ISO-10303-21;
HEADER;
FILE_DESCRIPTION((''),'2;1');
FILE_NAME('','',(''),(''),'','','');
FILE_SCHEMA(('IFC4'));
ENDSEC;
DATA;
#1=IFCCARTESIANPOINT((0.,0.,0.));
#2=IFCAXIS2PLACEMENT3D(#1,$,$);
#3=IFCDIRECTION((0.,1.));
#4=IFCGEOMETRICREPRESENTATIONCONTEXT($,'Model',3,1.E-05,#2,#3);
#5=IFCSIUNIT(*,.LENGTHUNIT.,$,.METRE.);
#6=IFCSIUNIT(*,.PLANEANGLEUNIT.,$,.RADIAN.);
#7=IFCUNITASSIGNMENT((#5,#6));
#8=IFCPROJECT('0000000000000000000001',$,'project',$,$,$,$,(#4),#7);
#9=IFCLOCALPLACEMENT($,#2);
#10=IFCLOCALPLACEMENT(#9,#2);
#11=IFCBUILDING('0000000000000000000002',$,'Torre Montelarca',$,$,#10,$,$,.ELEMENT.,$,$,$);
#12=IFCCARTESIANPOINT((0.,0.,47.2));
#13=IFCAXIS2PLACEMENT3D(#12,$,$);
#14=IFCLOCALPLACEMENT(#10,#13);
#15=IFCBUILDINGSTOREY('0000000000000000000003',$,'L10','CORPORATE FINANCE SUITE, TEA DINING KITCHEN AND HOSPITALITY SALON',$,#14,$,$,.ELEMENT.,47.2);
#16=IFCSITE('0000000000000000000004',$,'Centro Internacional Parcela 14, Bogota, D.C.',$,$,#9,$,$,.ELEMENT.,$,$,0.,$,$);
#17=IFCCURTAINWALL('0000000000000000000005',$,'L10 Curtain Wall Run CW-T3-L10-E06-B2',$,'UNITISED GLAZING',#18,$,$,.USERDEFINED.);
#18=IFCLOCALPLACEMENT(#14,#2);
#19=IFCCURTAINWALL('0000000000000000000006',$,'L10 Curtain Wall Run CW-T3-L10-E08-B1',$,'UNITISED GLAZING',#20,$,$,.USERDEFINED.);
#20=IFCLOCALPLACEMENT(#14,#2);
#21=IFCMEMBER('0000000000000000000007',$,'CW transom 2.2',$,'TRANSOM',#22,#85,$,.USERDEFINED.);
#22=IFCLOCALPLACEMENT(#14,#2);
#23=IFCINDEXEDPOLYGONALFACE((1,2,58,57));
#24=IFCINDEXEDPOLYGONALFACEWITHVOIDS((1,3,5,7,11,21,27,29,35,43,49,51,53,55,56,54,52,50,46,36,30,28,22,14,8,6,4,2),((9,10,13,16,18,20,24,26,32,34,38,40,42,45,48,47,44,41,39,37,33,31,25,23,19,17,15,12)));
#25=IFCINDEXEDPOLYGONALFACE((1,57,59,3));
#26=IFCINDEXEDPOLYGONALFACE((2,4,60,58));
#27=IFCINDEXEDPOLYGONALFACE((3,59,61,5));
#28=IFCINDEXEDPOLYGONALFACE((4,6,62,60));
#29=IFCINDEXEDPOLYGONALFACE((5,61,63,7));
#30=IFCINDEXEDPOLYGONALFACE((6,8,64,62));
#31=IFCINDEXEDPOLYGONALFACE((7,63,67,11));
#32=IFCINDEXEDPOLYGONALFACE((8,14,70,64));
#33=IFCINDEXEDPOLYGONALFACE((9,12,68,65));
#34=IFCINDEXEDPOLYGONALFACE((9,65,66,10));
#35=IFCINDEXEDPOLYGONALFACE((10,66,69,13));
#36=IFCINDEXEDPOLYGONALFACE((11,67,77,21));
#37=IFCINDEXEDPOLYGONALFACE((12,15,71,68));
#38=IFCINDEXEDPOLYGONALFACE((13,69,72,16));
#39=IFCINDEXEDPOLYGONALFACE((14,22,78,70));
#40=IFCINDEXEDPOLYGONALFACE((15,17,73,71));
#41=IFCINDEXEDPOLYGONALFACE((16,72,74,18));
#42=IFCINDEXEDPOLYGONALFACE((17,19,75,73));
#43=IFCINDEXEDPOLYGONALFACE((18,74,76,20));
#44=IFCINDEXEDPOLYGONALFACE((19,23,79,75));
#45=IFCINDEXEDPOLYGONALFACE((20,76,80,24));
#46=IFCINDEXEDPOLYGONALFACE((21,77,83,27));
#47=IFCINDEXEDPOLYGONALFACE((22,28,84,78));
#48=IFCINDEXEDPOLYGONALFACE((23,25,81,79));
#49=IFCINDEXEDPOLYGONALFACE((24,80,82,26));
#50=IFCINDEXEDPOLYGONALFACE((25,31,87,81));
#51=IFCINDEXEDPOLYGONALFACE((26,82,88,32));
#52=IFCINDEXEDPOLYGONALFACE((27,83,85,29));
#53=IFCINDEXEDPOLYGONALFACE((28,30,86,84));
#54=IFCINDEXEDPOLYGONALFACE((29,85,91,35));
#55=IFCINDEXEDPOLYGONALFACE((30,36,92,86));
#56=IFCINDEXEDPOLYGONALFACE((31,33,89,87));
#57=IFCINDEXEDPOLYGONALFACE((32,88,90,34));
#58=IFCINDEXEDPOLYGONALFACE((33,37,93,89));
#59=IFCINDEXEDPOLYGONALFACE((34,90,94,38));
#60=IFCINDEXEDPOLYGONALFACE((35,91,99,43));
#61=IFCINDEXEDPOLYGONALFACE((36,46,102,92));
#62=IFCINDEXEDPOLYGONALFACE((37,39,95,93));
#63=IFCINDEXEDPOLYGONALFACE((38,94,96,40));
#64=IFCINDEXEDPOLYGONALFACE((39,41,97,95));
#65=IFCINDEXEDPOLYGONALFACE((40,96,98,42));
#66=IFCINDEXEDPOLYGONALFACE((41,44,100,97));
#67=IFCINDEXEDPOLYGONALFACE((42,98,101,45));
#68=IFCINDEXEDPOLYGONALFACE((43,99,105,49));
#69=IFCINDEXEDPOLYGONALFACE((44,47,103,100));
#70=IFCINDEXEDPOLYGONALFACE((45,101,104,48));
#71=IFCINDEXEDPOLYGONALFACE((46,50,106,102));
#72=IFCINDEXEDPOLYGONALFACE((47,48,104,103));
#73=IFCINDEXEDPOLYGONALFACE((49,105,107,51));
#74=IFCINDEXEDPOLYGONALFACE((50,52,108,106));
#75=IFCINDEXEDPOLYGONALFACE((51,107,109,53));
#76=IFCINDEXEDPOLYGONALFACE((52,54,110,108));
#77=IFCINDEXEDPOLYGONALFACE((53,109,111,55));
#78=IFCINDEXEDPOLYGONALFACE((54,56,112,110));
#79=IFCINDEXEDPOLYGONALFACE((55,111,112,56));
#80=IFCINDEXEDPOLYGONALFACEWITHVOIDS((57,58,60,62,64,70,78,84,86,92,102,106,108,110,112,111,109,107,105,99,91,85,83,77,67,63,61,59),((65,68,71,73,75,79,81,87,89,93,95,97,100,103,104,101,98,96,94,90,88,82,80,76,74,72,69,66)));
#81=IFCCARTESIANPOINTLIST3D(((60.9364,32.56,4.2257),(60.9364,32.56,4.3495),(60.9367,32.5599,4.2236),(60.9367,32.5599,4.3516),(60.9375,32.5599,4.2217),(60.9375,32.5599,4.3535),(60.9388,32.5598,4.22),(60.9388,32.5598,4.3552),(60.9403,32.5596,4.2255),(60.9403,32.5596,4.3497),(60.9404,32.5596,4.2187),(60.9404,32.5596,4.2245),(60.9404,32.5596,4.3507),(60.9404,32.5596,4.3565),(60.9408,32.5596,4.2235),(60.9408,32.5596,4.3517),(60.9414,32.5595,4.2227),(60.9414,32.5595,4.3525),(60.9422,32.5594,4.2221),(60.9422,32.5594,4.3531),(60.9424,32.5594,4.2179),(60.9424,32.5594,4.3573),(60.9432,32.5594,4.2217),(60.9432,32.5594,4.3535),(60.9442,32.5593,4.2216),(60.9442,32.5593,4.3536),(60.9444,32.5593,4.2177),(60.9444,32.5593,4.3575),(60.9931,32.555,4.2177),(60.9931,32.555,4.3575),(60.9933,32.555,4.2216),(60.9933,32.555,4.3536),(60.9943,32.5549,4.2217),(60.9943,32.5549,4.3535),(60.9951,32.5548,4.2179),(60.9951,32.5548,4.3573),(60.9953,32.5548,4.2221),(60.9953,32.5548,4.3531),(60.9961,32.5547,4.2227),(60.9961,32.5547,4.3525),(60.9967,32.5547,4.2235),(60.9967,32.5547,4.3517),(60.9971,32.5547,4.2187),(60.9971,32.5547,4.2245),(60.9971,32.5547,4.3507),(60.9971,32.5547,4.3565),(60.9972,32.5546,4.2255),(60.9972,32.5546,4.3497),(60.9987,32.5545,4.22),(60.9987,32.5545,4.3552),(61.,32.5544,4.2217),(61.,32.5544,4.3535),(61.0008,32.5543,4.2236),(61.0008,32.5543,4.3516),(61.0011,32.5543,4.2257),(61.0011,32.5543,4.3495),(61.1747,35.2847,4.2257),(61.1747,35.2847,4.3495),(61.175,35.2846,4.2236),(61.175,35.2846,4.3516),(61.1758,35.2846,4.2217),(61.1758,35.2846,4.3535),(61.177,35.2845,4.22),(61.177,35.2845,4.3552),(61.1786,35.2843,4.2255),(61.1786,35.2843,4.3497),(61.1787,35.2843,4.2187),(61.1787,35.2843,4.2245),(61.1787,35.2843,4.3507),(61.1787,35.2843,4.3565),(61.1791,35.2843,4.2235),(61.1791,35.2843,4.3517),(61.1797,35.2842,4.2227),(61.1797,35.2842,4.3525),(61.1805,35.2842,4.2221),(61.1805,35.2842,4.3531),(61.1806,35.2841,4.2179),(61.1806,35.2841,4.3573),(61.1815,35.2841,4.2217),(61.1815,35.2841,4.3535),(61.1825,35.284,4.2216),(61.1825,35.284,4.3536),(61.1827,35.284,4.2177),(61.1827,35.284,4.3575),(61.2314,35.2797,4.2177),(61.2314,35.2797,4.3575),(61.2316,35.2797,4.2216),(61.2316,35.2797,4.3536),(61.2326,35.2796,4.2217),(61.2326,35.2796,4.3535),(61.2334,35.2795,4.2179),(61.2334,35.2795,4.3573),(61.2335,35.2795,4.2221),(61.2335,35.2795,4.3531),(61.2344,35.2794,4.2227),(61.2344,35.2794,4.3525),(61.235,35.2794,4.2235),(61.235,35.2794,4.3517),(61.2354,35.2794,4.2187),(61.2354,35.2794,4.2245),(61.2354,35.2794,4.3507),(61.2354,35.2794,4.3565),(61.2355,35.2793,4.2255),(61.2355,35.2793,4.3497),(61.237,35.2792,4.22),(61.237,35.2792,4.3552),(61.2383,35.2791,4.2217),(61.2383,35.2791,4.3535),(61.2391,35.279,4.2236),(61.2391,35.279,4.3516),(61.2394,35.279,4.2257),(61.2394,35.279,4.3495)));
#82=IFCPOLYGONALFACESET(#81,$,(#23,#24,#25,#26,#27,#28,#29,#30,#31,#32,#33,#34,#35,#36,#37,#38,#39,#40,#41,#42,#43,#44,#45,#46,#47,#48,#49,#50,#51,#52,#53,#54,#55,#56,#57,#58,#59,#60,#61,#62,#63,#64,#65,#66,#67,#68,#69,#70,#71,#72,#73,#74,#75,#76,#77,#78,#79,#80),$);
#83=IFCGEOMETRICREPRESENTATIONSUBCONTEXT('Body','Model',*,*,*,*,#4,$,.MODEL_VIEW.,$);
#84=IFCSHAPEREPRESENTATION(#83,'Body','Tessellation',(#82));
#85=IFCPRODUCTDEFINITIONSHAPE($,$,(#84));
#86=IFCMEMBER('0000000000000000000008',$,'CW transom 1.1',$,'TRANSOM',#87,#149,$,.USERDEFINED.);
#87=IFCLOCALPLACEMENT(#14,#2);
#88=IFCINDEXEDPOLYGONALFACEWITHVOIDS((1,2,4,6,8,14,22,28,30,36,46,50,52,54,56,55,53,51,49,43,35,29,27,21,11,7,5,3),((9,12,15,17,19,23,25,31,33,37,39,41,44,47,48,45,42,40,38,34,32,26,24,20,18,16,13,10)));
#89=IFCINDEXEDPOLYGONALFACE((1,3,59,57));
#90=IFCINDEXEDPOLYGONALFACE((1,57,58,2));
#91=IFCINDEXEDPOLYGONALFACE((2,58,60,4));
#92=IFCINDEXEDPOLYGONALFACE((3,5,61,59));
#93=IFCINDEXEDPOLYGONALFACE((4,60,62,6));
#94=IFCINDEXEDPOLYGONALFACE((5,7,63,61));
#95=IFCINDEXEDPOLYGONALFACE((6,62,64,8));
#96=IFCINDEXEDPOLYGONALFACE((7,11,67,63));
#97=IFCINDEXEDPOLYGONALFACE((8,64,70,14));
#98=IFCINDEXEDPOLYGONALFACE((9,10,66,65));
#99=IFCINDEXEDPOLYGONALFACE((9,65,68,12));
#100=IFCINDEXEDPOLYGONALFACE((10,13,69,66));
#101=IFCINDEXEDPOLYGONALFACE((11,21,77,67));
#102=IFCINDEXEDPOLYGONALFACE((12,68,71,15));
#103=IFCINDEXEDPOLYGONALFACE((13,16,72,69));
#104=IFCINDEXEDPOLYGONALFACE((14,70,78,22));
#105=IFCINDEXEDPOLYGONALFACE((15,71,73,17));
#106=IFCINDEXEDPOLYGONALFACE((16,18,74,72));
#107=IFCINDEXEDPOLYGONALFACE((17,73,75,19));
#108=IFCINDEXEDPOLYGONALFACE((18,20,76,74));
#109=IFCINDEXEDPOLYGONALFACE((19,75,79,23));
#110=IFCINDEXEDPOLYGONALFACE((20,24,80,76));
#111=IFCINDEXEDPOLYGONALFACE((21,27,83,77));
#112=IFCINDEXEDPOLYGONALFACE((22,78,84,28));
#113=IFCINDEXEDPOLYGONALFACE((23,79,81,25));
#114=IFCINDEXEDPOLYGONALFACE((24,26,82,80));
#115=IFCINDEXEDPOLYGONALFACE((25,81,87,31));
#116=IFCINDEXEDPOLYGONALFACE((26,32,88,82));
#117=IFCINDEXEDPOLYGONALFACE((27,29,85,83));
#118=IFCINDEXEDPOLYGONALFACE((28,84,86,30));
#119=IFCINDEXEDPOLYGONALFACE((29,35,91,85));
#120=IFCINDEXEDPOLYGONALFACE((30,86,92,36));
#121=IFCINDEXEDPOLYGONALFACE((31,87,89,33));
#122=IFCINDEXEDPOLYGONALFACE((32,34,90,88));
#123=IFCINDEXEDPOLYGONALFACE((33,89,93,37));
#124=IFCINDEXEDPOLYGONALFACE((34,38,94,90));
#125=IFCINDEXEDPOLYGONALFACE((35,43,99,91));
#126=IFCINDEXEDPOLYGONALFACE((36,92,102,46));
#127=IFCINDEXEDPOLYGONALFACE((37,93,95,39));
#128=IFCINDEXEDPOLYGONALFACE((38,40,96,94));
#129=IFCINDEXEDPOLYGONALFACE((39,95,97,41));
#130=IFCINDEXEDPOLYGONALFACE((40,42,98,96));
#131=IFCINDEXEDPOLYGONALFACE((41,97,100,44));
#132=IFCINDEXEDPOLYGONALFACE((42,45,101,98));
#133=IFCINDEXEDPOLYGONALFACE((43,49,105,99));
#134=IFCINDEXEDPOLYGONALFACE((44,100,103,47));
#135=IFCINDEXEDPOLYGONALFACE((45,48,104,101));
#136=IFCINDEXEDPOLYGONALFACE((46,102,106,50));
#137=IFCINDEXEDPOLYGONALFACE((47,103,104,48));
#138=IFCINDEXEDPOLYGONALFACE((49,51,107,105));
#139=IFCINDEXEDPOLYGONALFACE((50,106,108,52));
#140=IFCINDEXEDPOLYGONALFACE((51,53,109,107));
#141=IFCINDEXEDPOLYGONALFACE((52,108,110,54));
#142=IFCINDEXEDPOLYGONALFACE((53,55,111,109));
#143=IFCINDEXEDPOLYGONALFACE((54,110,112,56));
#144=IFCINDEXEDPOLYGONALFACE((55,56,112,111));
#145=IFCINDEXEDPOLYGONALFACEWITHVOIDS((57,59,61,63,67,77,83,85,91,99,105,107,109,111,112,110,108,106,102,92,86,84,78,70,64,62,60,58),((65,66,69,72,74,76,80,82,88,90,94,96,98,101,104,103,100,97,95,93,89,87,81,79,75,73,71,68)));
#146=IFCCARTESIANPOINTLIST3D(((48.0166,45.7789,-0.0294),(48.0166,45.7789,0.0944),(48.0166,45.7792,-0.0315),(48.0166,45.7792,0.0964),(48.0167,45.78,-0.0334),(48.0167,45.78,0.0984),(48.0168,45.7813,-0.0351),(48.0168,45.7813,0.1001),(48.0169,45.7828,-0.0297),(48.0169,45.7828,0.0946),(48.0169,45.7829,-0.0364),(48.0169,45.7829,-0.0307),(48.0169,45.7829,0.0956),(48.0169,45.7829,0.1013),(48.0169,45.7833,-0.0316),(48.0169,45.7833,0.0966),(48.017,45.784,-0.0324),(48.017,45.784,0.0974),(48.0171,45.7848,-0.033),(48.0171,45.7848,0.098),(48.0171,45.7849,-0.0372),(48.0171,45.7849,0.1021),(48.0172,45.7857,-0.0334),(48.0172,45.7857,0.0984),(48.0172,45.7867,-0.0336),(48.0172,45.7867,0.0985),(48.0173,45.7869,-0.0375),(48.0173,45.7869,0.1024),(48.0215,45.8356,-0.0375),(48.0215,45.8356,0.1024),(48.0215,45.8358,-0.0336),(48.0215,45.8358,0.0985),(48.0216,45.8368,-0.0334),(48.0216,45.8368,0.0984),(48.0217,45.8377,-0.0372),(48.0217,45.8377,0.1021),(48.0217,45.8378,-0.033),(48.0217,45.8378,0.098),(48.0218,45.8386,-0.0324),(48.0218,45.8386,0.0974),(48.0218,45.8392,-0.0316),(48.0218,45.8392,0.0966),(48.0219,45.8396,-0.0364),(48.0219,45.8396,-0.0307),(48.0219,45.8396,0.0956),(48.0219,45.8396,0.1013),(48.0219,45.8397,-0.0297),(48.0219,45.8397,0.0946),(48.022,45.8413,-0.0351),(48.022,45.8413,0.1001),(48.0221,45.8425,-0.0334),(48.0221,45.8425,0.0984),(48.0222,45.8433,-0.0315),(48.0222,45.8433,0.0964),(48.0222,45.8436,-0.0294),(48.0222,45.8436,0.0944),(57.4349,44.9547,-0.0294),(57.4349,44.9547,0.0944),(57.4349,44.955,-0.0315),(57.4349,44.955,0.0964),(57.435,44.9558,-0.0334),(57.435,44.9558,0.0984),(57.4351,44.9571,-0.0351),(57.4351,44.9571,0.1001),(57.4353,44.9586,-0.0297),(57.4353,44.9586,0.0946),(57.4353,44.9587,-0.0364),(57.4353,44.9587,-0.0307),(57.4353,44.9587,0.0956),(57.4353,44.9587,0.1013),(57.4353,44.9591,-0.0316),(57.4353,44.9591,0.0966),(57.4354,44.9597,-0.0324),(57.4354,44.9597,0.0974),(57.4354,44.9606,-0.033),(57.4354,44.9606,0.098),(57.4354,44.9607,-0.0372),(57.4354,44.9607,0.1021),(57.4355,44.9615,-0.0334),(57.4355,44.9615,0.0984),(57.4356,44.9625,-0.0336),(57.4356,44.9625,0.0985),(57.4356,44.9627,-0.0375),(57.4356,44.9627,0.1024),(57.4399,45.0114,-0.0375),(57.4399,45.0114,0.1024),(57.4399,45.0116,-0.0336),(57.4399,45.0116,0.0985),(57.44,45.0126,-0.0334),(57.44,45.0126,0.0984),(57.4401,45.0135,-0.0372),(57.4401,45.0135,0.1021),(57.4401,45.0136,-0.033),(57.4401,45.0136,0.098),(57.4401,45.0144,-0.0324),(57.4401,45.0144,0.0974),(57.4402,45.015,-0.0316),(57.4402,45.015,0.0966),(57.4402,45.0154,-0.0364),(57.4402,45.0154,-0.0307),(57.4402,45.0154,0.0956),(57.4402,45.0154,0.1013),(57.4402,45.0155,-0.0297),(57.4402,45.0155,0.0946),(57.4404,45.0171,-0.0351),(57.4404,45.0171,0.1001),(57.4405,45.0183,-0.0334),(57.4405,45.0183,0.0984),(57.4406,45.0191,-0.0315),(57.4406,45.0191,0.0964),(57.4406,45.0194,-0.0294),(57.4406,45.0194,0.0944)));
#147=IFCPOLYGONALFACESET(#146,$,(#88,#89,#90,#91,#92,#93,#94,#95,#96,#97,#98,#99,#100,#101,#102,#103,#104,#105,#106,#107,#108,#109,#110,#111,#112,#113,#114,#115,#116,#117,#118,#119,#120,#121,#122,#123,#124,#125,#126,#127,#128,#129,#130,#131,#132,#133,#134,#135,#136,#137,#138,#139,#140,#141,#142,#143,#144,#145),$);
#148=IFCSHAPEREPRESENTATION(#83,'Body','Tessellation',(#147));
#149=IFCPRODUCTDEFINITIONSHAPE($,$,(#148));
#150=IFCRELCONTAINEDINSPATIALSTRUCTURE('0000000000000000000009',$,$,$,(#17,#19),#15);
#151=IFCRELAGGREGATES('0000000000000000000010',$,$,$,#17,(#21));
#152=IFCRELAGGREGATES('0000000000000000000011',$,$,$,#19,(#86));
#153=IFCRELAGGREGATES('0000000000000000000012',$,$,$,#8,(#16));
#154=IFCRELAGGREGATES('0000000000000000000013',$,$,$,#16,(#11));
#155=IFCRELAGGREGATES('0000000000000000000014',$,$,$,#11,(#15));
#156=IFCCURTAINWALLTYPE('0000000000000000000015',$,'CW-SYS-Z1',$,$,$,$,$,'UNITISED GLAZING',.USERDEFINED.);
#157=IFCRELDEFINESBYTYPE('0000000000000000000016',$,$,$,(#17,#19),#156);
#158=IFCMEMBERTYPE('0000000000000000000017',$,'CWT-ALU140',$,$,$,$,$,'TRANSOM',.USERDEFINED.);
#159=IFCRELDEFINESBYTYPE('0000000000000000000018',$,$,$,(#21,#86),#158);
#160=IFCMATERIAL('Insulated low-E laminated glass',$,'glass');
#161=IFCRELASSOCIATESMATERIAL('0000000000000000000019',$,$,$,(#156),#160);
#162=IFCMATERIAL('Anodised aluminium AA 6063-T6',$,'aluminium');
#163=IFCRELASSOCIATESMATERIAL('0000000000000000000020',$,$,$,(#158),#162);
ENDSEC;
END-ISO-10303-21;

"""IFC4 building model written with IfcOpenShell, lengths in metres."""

from ifc_helpers import new_model, si_unit, direction, frame, origin, origin_2d, place, context, subcontext, project, spatial, hollow_rectangle, extrude, source, transform, mapped, material, material_profile, profile_set, type_object, element, aggregate, save


model = new_model("IFC4")

# Units and contexts
model_context = context("Model", 3, precision=1e-05, world=origin(), true_north=direction((0.0, 1.0)))
body_context = subcontext(model_context, "Body", "Model", "MODEL_VIEW")
ifc_project = project(units=[si_unit("LENGTHUNIT", "METRE"), si_unit("PLANEANGLEUNIT", "RADIAN")], contexts=[model_context])

# Site, building, storey
site_placement = place(None, origin())
site = spatial("IfcSite", under=ifc_project, at=site_placement, Name="Centro Internacional Parcela 14, Bogota, D.C.", CompositionType="ELEMENT", RefElevation=0.0)
building_placement = place(site_placement, origin())
building = spatial("IfcBuilding", under=site, at=building_placement, Name="Torre Montelarca", CompositionType="ELEMENT")
storey_placement = place(building_placement, frame((0.0, 0.0, 47.2)))
storey = spatial("IfcBuildingStorey", under=building, at=storey_placement, Name="L10", Description="CORPORATE FINANCE SUITE, TEA DINING KITCHEN AND HOSPITALITY SALON", CompositionType="ELEMENT", Elevation=47.2)

# Curtain walls
ifc_material_1 = material(Name="Insulated low-E laminated glass", Category="glass")
curtain_wall_type = type_object("IfcCurtainWallType", Name="CW-SYS-Z1", ElementType="UNITISED GLAZING", PredefinedType="USERDEFINED", material=ifc_material_1)
curtain_wall_1_placement = place(storey_placement, origin())
curtain_wall_1 = element("IfcCurtainWall", 1, at=curtain_wall_1_placement, inside=storey, type_object=curtain_wall_type, Name="L10 Curtain Wall Run CW-T3-L10-E06-B2", ObjectType="UNITISED GLAZING", PredefinedType="USERDEFINED")
ifc_material_2 = material(Name="Anodised aluminium AA 6063-T6", Category="aluminium")
curtain_wall_2_placement = place(storey_placement, origin())
curtain_wall_2 = element("IfcCurtainWall", 2, at=curtain_wall_2_placement, inside=storey, type_object=curtain_wall_type, Name="L10 Curtain Wall Run CW-T3-L10-E08-B1", ObjectType="UNITISED GLAZING", PredefinedType="USERDEFINED")

# Members
ifc_material_profile_1 = material_profile(ifc_material_2, hollow_rectangle(XDim=0.0649, YDim=0.1399, WallThickness=0.0039, InnerFilletRadius=0.0039, OuterFilletRadius=0.0081, at=origin_2d()), Name="ALU65X140X4", Category="aluminium")
ifc_profile_set_1 = profile_set([ifc_material_profile_1], Name="Anodised aluminium AA 6063-T6")
member_type_1 = type_object("IfcMemberType", Name="CWT-ALU140", ElementType="TRANSOM", PredefinedType="USERDEFINED", material=ifc_profile_set_1)
shared_shape_1 = source(origin(), body_context, "Body", "SweptSolid", [
    extrude(hollow_rectangle(XDim=0.0649, YDim=0.1399, WallThickness=0.0039, InnerFilletRadius=0.0039, OuterFilletRadius=0.0081, at=origin_2d()), origin(), (0.0, 0.0, 1.0), 2.7351),
])
member_1_placement = place(storey_placement, frame((60.9688, 32.5571, 4.2876), z_axis=(0.087123, 0.996198, 0.0), x_axis=(-0.996198, 0.087123, 0.0)))
member_1 = element("IfcMember", 3, at=member_1_placement, type_object=member_type_1, Name="CW transom 2.2", ObjectType="TRANSOM", PredefinedType="USERDEFINED", context=body_context, shape_type="MappedRepresentation", body=[
    mapped(shared_shape_1, transform((0.0, 0.0, 0.0), scale=1.0)),
])
shared_shape_2 = source(origin(), body_context, "Body", "SweptSolid", [
    extrude(hollow_rectangle(XDim=0.0649, YDim=0.1399, WallThickness=0.0039, InnerFilletRadius=0.0039, OuterFilletRadius=0.0081, at=origin_2d()), origin(), (0.0, 0.0, 1.0), 9.4543),
])
member_2_placement = place(storey_placement, frame((57.4377, 44.9871, 0.0325), z_axis=(-0.996193, 0.087178, 0.0), x_axis=(-0.087178, -0.996193, 0.0)))
member_2 = element("IfcMember", 4, at=member_2_placement, type_object=member_type_1, Name="CW transom 1.1", ObjectType="TRANSOM", PredefinedType="USERDEFINED", context=body_context, shape_type="MappedRepresentation", body=[
    mapped(shared_shape_2, transform((0.0, 0.0, 0.0), scale=1.0)),
])

aggregate(curtain_wall_1, [member_1])
aggregate(curtain_wall_2, [member_2])

save(model, "model.ifc")
